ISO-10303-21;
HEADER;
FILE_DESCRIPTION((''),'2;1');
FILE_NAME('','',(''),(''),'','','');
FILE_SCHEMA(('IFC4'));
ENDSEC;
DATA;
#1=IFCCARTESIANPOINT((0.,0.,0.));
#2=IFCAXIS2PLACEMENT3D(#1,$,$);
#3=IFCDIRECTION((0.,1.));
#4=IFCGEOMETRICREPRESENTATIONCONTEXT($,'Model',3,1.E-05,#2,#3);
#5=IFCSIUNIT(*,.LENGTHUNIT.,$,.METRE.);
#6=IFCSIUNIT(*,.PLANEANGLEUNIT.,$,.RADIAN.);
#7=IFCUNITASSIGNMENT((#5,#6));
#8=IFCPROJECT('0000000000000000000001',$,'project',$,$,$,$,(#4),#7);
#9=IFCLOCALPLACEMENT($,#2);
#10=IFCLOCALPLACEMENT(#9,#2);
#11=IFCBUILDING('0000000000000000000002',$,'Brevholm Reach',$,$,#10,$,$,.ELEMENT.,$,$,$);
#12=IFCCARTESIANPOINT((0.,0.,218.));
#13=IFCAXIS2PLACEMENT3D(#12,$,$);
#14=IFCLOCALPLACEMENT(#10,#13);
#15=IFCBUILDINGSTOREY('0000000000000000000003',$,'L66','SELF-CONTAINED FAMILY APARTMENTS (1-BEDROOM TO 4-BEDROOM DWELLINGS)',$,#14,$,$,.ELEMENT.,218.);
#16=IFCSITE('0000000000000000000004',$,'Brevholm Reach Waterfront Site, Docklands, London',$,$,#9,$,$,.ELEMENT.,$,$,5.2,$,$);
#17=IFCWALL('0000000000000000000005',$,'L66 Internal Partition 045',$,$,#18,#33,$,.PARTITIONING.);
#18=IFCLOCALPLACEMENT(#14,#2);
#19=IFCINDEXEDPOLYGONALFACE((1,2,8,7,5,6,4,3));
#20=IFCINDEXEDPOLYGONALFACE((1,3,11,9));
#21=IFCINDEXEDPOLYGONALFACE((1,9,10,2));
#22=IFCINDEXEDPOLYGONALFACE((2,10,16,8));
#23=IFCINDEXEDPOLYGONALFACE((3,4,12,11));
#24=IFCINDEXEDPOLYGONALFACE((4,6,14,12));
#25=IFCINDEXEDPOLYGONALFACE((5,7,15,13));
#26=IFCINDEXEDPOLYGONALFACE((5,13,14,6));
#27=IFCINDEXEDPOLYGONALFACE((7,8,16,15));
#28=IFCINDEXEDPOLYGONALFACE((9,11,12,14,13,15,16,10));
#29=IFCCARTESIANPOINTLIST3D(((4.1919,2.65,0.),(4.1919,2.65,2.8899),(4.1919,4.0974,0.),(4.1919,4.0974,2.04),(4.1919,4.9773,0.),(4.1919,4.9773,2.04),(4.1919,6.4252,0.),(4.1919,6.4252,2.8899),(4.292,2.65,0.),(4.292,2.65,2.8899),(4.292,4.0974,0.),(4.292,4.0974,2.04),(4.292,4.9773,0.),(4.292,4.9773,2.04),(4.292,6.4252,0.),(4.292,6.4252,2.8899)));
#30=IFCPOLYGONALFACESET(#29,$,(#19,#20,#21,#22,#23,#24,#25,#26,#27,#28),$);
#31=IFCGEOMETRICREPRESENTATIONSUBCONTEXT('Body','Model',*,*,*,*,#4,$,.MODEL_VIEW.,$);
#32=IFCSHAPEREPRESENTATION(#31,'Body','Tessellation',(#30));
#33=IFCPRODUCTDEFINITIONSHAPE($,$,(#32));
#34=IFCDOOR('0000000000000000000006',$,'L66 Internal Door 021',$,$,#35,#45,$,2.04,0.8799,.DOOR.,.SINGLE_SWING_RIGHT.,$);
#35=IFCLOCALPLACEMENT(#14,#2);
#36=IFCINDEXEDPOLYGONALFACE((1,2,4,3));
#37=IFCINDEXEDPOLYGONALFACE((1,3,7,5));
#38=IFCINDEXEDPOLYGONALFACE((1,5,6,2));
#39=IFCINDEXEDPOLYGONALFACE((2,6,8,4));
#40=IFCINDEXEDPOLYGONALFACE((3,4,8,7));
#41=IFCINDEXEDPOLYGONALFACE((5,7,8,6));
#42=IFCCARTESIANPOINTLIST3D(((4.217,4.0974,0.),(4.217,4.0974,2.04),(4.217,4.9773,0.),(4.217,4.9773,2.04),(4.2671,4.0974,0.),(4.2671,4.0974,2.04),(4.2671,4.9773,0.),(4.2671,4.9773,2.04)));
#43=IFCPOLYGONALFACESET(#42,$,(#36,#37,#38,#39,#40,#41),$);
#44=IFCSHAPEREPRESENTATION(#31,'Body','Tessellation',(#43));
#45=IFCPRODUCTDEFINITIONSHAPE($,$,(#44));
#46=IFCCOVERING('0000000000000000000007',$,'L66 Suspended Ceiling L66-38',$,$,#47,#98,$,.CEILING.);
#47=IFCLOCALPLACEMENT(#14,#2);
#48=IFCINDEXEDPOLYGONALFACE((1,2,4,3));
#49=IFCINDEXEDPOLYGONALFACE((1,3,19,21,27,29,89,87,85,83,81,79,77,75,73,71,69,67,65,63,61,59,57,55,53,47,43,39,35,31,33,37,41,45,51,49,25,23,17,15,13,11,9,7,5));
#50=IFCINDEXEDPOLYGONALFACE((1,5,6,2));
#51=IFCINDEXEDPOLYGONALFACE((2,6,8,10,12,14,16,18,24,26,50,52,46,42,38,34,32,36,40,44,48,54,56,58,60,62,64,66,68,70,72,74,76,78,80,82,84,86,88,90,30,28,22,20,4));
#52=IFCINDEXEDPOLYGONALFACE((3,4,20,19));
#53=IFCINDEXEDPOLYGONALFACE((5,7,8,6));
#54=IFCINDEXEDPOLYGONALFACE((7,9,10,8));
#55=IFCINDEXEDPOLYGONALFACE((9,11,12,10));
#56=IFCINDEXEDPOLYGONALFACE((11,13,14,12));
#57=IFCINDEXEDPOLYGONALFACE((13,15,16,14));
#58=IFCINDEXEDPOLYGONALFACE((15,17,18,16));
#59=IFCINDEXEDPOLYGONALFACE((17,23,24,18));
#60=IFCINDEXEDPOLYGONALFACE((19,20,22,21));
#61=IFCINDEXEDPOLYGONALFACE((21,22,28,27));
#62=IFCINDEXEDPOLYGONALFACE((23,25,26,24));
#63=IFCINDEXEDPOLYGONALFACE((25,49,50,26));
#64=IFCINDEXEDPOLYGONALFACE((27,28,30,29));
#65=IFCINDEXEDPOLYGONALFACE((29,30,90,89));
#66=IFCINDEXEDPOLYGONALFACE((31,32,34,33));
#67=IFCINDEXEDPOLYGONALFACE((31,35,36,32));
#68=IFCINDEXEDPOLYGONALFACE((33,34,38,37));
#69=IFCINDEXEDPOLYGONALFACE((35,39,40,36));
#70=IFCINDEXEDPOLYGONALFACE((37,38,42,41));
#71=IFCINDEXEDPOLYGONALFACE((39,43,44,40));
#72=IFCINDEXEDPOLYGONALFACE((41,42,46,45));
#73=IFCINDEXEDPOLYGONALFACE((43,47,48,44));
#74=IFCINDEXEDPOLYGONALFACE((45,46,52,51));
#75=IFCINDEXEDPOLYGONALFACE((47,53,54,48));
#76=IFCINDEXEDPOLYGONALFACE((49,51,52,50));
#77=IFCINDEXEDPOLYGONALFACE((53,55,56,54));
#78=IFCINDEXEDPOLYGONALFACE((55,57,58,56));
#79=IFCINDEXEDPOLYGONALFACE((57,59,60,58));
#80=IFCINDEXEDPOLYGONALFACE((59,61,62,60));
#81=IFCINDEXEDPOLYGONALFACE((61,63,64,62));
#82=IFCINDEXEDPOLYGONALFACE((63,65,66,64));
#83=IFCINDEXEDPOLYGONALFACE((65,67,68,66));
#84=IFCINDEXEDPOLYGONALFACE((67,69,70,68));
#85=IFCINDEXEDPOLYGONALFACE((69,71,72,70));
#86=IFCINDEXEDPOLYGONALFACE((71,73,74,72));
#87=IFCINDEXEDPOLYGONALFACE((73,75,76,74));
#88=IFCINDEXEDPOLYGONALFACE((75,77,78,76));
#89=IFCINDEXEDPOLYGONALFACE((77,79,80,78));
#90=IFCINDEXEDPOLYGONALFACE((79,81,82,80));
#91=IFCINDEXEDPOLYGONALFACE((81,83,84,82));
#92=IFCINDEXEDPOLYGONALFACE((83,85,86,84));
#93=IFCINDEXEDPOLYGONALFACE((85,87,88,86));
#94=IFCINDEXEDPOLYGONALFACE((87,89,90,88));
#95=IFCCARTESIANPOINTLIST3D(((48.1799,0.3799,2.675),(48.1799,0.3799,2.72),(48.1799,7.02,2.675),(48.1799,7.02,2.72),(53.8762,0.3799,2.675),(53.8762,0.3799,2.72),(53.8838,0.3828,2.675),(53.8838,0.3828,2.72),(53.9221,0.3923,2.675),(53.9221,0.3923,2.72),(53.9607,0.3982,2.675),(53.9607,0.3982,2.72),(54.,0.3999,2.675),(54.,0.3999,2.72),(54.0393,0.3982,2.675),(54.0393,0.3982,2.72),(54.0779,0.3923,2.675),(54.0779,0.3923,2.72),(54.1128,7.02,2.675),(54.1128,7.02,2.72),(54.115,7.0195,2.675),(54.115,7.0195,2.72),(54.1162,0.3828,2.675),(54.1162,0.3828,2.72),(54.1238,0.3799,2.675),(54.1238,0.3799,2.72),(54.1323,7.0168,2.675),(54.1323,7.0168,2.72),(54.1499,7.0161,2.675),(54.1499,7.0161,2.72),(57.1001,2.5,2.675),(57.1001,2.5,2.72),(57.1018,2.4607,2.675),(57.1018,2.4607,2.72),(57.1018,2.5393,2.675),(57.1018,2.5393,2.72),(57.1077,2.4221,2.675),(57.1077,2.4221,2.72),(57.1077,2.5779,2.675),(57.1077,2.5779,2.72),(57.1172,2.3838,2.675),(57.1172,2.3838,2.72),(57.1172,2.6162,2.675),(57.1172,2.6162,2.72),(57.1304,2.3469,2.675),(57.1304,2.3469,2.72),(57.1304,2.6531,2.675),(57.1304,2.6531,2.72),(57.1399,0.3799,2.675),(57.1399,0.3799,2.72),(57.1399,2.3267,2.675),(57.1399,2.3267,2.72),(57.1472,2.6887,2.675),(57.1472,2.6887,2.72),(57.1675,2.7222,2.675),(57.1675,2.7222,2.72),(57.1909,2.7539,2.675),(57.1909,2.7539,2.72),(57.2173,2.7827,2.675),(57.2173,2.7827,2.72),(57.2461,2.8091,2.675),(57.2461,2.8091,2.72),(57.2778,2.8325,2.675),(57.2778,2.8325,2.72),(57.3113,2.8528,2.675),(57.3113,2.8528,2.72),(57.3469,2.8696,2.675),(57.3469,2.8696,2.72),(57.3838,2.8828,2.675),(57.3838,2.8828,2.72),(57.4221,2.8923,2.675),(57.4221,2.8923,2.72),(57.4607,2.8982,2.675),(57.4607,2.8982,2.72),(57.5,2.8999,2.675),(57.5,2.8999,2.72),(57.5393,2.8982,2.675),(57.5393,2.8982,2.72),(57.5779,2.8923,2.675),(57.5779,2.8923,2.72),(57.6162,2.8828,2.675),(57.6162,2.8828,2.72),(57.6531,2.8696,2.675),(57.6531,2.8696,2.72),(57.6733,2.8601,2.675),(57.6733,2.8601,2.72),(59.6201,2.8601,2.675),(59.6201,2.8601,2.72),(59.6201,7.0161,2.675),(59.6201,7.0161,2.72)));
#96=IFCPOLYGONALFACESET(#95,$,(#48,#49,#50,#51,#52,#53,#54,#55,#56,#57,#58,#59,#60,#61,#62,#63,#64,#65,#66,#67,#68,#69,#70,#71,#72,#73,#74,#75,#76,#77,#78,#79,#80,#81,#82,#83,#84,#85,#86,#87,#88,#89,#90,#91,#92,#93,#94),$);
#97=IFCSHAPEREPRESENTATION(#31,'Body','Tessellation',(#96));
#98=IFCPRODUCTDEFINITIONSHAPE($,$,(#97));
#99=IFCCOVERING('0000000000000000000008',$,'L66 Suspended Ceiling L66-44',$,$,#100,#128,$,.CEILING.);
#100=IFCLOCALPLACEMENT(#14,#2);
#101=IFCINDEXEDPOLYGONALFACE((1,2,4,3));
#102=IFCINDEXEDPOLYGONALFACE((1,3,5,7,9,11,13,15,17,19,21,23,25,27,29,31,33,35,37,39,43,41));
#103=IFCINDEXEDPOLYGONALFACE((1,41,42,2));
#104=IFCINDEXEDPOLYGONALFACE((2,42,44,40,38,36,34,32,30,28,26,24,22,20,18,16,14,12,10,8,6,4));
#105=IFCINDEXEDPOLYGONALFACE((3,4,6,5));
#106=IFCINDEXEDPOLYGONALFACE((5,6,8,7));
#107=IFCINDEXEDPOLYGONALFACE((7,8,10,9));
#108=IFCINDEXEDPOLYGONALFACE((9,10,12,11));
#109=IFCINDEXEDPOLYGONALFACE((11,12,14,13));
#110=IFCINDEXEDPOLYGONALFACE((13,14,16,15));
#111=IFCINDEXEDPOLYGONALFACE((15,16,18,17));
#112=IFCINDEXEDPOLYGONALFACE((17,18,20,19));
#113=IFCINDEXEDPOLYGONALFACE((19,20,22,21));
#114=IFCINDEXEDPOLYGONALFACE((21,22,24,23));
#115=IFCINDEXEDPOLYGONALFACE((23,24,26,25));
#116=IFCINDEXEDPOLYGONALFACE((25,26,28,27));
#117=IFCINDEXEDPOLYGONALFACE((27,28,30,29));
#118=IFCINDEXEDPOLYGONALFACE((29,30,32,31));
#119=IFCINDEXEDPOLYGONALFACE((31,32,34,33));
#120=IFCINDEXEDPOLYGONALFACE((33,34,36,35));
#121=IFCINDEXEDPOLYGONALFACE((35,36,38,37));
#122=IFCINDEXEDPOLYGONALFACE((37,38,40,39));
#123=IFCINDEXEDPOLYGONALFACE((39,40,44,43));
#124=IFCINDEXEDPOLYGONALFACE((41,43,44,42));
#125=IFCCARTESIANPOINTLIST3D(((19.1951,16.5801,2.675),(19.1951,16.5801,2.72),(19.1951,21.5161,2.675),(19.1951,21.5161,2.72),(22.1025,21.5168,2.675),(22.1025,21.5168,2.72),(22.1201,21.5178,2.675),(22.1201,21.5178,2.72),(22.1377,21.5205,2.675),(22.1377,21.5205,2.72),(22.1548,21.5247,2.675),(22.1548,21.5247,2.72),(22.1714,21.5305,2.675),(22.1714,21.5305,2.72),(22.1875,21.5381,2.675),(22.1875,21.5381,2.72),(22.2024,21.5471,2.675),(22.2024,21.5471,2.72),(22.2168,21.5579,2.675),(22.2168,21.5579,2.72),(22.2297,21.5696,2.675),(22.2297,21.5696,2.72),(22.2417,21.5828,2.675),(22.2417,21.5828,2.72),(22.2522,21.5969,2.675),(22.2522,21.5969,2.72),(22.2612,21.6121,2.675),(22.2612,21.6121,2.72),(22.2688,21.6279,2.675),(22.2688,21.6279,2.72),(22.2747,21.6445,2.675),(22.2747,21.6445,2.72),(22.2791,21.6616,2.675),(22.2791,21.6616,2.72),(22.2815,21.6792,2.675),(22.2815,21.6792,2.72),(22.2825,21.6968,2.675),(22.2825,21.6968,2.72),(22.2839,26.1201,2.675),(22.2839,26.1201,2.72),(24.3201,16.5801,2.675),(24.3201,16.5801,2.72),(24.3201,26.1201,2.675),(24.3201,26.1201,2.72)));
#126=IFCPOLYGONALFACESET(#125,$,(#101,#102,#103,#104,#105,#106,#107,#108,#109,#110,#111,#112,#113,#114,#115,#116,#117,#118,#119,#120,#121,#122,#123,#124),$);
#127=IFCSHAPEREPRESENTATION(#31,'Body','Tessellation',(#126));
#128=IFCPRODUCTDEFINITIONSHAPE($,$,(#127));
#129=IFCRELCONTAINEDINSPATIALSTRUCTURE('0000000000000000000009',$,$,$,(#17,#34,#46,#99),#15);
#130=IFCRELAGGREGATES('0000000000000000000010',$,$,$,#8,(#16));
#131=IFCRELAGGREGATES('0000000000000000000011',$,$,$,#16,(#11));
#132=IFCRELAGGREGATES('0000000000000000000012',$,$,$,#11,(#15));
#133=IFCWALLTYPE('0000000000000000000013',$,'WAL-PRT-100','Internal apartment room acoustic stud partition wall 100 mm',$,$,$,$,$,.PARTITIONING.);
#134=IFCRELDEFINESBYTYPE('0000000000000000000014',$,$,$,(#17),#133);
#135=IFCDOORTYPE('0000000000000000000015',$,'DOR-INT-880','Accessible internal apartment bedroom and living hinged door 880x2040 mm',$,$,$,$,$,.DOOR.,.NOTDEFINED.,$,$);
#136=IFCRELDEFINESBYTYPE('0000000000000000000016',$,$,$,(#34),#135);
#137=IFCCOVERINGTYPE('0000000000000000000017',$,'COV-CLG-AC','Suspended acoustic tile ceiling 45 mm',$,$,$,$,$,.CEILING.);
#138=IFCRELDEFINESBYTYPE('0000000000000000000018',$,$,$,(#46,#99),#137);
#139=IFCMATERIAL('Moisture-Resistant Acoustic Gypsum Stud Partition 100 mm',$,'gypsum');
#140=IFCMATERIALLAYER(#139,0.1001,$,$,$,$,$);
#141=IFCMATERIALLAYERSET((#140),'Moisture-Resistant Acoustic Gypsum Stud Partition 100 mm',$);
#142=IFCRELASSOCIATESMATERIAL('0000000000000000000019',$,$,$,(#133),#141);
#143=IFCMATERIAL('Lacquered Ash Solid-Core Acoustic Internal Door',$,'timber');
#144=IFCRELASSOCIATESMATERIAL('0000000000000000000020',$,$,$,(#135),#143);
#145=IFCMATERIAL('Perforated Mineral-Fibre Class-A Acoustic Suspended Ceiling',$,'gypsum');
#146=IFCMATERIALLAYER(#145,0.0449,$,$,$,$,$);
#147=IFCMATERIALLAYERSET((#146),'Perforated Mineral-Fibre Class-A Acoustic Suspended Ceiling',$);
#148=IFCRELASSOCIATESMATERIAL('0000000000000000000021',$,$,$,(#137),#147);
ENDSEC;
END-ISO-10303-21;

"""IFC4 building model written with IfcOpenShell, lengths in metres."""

from ifc_helpers import new_model, si_unit, direction, frame, frame_2d, origin, place, context, subcontext, project, spatial, polyline, rectangle, outline, extrude, material, layer, layer_set, type_object, element, fill, save


model = new_model("IFC4")

# Units and contexts
model_context = context("Model", 3, precision=1e-05, world=origin(), true_north=direction((0.0, 1.0)))
body_context = subcontext(model_context, "Body", "Model", "MODEL_VIEW")
ifc_project = project(units=[si_unit("LENGTHUNIT", "METRE"), si_unit("PLANEANGLEUNIT", "RADIAN")], contexts=[model_context])

# Site, building, storey
site_placement = place(None, origin())
site = spatial("IfcSite", under=ifc_project, at=site_placement, Name="Brevholm Reach Waterfront Site, Docklands, London", CompositionType="ELEMENT", RefElevation=5.2)
building_placement = place(site_placement, origin())
building = spatial("IfcBuilding", under=site, at=building_placement, Name="Brevholm Reach", CompositionType="ELEMENT")
storey_placement = place(building_placement, frame((0.0, 0.0, 218.0)))
storey = spatial("IfcBuildingStorey", under=building, at=storey_placement, Name="L66", Description="SELF-CONTAINED FAMILY APARTMENTS (1-BEDROOM TO 4-BEDROOM DWELLINGS)", CompositionType="ELEMENT", Elevation=218.0)

# Shared definitions
ifc_material_1 = material(Name="Moisture-Resistant Acoustic Gypsum Stud Partition 100 mm", Category="gypsum")
ifc_layer_1 = layer(ifc_material_1, 0.1001)
ifc_layer_set_1 = layer_set([ifc_layer_1], Name="Moisture-Resistant Acoustic Gypsum Stud Partition 100 mm")
wall_type_1 = type_object("IfcWallType", Name="WAL-PRT-100", Description="Internal apartment room acoustic stud partition wall 100 mm", PredefinedType="PARTITIONING", material=ifc_layer_set_1)

# Wall, opening, door
wall_1_placement = place(storey_placement, frame((4.2419, 2.6499, 0.0), z_axis=(0.0, 0.0, 1.0), x_axis=(0.0, 1.0, 0.0)))
wall_1 = element("IfcWall", 1, at=wall_1_placement, inside=storey, type_object=wall_type_1, Name="L66 Internal Partition 045", PredefinedType="PARTITIONING", context=body_context, shape_type="SweptSolid", body=[
    extrude(rectangle(XDim=3.7751, YDim=0.1001, at=frame_2d((1.8877, 0.0))), origin(), (0.0, 0.0, 1.0), 2.8899),
])
opening_1_placement = place(wall_1_placement, frame((1.4475, 0.0, 0.0)))
opening_1 = element("IfcOpeningElement", 2, at=opening_1_placement, cuts=wall_1, PredefinedType="OPENING", context=body_context, shape_type="SweptSolid", body=[
    extrude(rectangle(XDim=0.8799, YDim=2.04, at=frame_2d((0.4399, 1.02))), frame((0.0, 0.0601, 0.0), z_axis=(0.0, -1.0, 0.0), x_axis=(1.0, 0.0, 0.0)), (0.0, 0.0, 1.0), 0.1201),
])
ifc_material_2 = material(Name="Lacquered Ash Solid-Core Acoustic Internal Door", Category="timber")
door_type = type_object("IfcDoorType", Name="DOR-INT-880", Description="Accessible internal apartment bedroom and living hinged door 880x2040 mm", OperationType="NOTDEFINED", PredefinedType="DOOR", material=ifc_material_2)
door_placement = place(opening_1_placement, origin())
door = element("IfcDoor", 3, at=door_placement, inside=storey, type_object=door_type, Name="L66 Internal Door 021", OperationType="SINGLE_SWING_RIGHT", OverallHeight=2.04, OverallWidth=0.8799, PredefinedType="DOOR", context=body_context, shape_type="SweptSolid", body=[
    extrude(rectangle(XDim=0.8799, YDim=2.04, at=frame_2d((0.4399, 1.02))), frame((0.0, 0.0249, 0.0), z_axis=(0.0, -1.0, 0.0), x_axis=(1.0, 0.0, 0.0)), (0.0, 0.0, 1.0), 0.05),
])
fill(opening_1, door)

# Coverings
ifc_material_3 = material(Name="Perforated Mineral-Fibre Class-A Acoustic Suspended Ceiling", Category="gypsum")
ifc_layer_2 = layer(ifc_material_3, 0.0449)
ifc_layer_set_2 = layer_set([ifc_layer_2], Name="Perforated Mineral-Fibre Class-A Acoustic Suspended Ceiling")
covering_type_1 = type_object("IfcCoveringType", Name="COV-CLG-AC", Description="Suspended acoustic tile ceiling 45 mm", PredefinedType="CEILING", material=ifc_layer_set_2)
covering_1_placement = place(storey_placement, frame((0.0, 0.0, 2.675)))
element("IfcCovering", 4, at=covering_1_placement, inside=storey, type_object=covering_type_1, Name="L66 Suspended Ceiling L66-38", PredefinedType="CEILING", context=body_context, shape_type="SweptSolid", body=[
    extrude(outline(polyline([(48.1799, 7.02), (54.1128, 7.02), (54.115, 7.0195), (54.1323, 7.0168), (54.1499, 7.0161), (59.6201, 7.0161), (59.6201, 2.8601), (57.6733, 2.8601), (57.6531, 2.8696), (57.6162, 2.8828), (57.5779, 2.8923), (57.5393, 2.8982), (57.5, 2.8999), (57.4607, 2.8982), (57.4221, 2.8923), (57.3838, 2.8828), (57.3469, 2.8696), (57.3113, 2.8528), (57.2778, 2.8325), (57.2461, 2.8091), (57.2173, 2.7827), (57.1909, 2.7539), (57.1675, 2.7222), (57.1472, 2.6887), (57.1304, 2.6531), (57.1172, 2.6162), (57.1077, 2.5779), (57.1018, 2.5393), (57.1001, 2.5), (57.1018, 2.4607), (57.1077, 2.4221), (57.1172, 2.3838), (57.1304, 2.3469), (57.1399, 2.3267), (57.1399, 0.3799), (54.1238, 0.3799), (54.1162, 0.3828), (54.0779, 0.3923), (54.0393, 0.3982), (54.0, 0.3999), (53.9607, 0.3982), (53.9221, 0.3923), (53.8838, 0.3828), (53.8762, 0.3799), (48.1799, 0.3799), (48.1799, 7.02)])), origin(), (0.0, 0.0, 1.0), 0.0449),
])
covering_2_placement = place(storey_placement, frame((0.0, 0.0, 2.675)))
element("IfcCovering", 5, at=covering_2_placement, inside=storey, type_object=covering_type_1, Name="L66 Suspended Ceiling L66-44", PredefinedType="CEILING", context=body_context, shape_type="SweptSolid", body=[
    extrude(outline(polyline([(19.1951, 21.5161), (22.1025, 21.5168), (22.1201, 21.5178), (22.1377, 21.5205), (22.1548, 21.5247), (22.1714, 21.5305), (22.1875, 21.5381), (22.2024, 21.5471), (22.2168, 21.5579), (22.2297, 21.5696), (22.2417, 21.5828), (22.2522, 21.5969), (22.2612, 21.6121), (22.2688, 21.6279), (22.2747, 21.6445), (22.2791, 21.6616), (22.2815, 21.6792), (22.2825, 21.6968), (22.2839, 26.1201), (24.3201, 26.1201), (24.3201, 16.5801), (19.1951, 16.5801), (19.1951, 21.5161)])), origin(), (0.0, 0.0, 1.0), 0.0449),
])

save(model, "model.ifc")
